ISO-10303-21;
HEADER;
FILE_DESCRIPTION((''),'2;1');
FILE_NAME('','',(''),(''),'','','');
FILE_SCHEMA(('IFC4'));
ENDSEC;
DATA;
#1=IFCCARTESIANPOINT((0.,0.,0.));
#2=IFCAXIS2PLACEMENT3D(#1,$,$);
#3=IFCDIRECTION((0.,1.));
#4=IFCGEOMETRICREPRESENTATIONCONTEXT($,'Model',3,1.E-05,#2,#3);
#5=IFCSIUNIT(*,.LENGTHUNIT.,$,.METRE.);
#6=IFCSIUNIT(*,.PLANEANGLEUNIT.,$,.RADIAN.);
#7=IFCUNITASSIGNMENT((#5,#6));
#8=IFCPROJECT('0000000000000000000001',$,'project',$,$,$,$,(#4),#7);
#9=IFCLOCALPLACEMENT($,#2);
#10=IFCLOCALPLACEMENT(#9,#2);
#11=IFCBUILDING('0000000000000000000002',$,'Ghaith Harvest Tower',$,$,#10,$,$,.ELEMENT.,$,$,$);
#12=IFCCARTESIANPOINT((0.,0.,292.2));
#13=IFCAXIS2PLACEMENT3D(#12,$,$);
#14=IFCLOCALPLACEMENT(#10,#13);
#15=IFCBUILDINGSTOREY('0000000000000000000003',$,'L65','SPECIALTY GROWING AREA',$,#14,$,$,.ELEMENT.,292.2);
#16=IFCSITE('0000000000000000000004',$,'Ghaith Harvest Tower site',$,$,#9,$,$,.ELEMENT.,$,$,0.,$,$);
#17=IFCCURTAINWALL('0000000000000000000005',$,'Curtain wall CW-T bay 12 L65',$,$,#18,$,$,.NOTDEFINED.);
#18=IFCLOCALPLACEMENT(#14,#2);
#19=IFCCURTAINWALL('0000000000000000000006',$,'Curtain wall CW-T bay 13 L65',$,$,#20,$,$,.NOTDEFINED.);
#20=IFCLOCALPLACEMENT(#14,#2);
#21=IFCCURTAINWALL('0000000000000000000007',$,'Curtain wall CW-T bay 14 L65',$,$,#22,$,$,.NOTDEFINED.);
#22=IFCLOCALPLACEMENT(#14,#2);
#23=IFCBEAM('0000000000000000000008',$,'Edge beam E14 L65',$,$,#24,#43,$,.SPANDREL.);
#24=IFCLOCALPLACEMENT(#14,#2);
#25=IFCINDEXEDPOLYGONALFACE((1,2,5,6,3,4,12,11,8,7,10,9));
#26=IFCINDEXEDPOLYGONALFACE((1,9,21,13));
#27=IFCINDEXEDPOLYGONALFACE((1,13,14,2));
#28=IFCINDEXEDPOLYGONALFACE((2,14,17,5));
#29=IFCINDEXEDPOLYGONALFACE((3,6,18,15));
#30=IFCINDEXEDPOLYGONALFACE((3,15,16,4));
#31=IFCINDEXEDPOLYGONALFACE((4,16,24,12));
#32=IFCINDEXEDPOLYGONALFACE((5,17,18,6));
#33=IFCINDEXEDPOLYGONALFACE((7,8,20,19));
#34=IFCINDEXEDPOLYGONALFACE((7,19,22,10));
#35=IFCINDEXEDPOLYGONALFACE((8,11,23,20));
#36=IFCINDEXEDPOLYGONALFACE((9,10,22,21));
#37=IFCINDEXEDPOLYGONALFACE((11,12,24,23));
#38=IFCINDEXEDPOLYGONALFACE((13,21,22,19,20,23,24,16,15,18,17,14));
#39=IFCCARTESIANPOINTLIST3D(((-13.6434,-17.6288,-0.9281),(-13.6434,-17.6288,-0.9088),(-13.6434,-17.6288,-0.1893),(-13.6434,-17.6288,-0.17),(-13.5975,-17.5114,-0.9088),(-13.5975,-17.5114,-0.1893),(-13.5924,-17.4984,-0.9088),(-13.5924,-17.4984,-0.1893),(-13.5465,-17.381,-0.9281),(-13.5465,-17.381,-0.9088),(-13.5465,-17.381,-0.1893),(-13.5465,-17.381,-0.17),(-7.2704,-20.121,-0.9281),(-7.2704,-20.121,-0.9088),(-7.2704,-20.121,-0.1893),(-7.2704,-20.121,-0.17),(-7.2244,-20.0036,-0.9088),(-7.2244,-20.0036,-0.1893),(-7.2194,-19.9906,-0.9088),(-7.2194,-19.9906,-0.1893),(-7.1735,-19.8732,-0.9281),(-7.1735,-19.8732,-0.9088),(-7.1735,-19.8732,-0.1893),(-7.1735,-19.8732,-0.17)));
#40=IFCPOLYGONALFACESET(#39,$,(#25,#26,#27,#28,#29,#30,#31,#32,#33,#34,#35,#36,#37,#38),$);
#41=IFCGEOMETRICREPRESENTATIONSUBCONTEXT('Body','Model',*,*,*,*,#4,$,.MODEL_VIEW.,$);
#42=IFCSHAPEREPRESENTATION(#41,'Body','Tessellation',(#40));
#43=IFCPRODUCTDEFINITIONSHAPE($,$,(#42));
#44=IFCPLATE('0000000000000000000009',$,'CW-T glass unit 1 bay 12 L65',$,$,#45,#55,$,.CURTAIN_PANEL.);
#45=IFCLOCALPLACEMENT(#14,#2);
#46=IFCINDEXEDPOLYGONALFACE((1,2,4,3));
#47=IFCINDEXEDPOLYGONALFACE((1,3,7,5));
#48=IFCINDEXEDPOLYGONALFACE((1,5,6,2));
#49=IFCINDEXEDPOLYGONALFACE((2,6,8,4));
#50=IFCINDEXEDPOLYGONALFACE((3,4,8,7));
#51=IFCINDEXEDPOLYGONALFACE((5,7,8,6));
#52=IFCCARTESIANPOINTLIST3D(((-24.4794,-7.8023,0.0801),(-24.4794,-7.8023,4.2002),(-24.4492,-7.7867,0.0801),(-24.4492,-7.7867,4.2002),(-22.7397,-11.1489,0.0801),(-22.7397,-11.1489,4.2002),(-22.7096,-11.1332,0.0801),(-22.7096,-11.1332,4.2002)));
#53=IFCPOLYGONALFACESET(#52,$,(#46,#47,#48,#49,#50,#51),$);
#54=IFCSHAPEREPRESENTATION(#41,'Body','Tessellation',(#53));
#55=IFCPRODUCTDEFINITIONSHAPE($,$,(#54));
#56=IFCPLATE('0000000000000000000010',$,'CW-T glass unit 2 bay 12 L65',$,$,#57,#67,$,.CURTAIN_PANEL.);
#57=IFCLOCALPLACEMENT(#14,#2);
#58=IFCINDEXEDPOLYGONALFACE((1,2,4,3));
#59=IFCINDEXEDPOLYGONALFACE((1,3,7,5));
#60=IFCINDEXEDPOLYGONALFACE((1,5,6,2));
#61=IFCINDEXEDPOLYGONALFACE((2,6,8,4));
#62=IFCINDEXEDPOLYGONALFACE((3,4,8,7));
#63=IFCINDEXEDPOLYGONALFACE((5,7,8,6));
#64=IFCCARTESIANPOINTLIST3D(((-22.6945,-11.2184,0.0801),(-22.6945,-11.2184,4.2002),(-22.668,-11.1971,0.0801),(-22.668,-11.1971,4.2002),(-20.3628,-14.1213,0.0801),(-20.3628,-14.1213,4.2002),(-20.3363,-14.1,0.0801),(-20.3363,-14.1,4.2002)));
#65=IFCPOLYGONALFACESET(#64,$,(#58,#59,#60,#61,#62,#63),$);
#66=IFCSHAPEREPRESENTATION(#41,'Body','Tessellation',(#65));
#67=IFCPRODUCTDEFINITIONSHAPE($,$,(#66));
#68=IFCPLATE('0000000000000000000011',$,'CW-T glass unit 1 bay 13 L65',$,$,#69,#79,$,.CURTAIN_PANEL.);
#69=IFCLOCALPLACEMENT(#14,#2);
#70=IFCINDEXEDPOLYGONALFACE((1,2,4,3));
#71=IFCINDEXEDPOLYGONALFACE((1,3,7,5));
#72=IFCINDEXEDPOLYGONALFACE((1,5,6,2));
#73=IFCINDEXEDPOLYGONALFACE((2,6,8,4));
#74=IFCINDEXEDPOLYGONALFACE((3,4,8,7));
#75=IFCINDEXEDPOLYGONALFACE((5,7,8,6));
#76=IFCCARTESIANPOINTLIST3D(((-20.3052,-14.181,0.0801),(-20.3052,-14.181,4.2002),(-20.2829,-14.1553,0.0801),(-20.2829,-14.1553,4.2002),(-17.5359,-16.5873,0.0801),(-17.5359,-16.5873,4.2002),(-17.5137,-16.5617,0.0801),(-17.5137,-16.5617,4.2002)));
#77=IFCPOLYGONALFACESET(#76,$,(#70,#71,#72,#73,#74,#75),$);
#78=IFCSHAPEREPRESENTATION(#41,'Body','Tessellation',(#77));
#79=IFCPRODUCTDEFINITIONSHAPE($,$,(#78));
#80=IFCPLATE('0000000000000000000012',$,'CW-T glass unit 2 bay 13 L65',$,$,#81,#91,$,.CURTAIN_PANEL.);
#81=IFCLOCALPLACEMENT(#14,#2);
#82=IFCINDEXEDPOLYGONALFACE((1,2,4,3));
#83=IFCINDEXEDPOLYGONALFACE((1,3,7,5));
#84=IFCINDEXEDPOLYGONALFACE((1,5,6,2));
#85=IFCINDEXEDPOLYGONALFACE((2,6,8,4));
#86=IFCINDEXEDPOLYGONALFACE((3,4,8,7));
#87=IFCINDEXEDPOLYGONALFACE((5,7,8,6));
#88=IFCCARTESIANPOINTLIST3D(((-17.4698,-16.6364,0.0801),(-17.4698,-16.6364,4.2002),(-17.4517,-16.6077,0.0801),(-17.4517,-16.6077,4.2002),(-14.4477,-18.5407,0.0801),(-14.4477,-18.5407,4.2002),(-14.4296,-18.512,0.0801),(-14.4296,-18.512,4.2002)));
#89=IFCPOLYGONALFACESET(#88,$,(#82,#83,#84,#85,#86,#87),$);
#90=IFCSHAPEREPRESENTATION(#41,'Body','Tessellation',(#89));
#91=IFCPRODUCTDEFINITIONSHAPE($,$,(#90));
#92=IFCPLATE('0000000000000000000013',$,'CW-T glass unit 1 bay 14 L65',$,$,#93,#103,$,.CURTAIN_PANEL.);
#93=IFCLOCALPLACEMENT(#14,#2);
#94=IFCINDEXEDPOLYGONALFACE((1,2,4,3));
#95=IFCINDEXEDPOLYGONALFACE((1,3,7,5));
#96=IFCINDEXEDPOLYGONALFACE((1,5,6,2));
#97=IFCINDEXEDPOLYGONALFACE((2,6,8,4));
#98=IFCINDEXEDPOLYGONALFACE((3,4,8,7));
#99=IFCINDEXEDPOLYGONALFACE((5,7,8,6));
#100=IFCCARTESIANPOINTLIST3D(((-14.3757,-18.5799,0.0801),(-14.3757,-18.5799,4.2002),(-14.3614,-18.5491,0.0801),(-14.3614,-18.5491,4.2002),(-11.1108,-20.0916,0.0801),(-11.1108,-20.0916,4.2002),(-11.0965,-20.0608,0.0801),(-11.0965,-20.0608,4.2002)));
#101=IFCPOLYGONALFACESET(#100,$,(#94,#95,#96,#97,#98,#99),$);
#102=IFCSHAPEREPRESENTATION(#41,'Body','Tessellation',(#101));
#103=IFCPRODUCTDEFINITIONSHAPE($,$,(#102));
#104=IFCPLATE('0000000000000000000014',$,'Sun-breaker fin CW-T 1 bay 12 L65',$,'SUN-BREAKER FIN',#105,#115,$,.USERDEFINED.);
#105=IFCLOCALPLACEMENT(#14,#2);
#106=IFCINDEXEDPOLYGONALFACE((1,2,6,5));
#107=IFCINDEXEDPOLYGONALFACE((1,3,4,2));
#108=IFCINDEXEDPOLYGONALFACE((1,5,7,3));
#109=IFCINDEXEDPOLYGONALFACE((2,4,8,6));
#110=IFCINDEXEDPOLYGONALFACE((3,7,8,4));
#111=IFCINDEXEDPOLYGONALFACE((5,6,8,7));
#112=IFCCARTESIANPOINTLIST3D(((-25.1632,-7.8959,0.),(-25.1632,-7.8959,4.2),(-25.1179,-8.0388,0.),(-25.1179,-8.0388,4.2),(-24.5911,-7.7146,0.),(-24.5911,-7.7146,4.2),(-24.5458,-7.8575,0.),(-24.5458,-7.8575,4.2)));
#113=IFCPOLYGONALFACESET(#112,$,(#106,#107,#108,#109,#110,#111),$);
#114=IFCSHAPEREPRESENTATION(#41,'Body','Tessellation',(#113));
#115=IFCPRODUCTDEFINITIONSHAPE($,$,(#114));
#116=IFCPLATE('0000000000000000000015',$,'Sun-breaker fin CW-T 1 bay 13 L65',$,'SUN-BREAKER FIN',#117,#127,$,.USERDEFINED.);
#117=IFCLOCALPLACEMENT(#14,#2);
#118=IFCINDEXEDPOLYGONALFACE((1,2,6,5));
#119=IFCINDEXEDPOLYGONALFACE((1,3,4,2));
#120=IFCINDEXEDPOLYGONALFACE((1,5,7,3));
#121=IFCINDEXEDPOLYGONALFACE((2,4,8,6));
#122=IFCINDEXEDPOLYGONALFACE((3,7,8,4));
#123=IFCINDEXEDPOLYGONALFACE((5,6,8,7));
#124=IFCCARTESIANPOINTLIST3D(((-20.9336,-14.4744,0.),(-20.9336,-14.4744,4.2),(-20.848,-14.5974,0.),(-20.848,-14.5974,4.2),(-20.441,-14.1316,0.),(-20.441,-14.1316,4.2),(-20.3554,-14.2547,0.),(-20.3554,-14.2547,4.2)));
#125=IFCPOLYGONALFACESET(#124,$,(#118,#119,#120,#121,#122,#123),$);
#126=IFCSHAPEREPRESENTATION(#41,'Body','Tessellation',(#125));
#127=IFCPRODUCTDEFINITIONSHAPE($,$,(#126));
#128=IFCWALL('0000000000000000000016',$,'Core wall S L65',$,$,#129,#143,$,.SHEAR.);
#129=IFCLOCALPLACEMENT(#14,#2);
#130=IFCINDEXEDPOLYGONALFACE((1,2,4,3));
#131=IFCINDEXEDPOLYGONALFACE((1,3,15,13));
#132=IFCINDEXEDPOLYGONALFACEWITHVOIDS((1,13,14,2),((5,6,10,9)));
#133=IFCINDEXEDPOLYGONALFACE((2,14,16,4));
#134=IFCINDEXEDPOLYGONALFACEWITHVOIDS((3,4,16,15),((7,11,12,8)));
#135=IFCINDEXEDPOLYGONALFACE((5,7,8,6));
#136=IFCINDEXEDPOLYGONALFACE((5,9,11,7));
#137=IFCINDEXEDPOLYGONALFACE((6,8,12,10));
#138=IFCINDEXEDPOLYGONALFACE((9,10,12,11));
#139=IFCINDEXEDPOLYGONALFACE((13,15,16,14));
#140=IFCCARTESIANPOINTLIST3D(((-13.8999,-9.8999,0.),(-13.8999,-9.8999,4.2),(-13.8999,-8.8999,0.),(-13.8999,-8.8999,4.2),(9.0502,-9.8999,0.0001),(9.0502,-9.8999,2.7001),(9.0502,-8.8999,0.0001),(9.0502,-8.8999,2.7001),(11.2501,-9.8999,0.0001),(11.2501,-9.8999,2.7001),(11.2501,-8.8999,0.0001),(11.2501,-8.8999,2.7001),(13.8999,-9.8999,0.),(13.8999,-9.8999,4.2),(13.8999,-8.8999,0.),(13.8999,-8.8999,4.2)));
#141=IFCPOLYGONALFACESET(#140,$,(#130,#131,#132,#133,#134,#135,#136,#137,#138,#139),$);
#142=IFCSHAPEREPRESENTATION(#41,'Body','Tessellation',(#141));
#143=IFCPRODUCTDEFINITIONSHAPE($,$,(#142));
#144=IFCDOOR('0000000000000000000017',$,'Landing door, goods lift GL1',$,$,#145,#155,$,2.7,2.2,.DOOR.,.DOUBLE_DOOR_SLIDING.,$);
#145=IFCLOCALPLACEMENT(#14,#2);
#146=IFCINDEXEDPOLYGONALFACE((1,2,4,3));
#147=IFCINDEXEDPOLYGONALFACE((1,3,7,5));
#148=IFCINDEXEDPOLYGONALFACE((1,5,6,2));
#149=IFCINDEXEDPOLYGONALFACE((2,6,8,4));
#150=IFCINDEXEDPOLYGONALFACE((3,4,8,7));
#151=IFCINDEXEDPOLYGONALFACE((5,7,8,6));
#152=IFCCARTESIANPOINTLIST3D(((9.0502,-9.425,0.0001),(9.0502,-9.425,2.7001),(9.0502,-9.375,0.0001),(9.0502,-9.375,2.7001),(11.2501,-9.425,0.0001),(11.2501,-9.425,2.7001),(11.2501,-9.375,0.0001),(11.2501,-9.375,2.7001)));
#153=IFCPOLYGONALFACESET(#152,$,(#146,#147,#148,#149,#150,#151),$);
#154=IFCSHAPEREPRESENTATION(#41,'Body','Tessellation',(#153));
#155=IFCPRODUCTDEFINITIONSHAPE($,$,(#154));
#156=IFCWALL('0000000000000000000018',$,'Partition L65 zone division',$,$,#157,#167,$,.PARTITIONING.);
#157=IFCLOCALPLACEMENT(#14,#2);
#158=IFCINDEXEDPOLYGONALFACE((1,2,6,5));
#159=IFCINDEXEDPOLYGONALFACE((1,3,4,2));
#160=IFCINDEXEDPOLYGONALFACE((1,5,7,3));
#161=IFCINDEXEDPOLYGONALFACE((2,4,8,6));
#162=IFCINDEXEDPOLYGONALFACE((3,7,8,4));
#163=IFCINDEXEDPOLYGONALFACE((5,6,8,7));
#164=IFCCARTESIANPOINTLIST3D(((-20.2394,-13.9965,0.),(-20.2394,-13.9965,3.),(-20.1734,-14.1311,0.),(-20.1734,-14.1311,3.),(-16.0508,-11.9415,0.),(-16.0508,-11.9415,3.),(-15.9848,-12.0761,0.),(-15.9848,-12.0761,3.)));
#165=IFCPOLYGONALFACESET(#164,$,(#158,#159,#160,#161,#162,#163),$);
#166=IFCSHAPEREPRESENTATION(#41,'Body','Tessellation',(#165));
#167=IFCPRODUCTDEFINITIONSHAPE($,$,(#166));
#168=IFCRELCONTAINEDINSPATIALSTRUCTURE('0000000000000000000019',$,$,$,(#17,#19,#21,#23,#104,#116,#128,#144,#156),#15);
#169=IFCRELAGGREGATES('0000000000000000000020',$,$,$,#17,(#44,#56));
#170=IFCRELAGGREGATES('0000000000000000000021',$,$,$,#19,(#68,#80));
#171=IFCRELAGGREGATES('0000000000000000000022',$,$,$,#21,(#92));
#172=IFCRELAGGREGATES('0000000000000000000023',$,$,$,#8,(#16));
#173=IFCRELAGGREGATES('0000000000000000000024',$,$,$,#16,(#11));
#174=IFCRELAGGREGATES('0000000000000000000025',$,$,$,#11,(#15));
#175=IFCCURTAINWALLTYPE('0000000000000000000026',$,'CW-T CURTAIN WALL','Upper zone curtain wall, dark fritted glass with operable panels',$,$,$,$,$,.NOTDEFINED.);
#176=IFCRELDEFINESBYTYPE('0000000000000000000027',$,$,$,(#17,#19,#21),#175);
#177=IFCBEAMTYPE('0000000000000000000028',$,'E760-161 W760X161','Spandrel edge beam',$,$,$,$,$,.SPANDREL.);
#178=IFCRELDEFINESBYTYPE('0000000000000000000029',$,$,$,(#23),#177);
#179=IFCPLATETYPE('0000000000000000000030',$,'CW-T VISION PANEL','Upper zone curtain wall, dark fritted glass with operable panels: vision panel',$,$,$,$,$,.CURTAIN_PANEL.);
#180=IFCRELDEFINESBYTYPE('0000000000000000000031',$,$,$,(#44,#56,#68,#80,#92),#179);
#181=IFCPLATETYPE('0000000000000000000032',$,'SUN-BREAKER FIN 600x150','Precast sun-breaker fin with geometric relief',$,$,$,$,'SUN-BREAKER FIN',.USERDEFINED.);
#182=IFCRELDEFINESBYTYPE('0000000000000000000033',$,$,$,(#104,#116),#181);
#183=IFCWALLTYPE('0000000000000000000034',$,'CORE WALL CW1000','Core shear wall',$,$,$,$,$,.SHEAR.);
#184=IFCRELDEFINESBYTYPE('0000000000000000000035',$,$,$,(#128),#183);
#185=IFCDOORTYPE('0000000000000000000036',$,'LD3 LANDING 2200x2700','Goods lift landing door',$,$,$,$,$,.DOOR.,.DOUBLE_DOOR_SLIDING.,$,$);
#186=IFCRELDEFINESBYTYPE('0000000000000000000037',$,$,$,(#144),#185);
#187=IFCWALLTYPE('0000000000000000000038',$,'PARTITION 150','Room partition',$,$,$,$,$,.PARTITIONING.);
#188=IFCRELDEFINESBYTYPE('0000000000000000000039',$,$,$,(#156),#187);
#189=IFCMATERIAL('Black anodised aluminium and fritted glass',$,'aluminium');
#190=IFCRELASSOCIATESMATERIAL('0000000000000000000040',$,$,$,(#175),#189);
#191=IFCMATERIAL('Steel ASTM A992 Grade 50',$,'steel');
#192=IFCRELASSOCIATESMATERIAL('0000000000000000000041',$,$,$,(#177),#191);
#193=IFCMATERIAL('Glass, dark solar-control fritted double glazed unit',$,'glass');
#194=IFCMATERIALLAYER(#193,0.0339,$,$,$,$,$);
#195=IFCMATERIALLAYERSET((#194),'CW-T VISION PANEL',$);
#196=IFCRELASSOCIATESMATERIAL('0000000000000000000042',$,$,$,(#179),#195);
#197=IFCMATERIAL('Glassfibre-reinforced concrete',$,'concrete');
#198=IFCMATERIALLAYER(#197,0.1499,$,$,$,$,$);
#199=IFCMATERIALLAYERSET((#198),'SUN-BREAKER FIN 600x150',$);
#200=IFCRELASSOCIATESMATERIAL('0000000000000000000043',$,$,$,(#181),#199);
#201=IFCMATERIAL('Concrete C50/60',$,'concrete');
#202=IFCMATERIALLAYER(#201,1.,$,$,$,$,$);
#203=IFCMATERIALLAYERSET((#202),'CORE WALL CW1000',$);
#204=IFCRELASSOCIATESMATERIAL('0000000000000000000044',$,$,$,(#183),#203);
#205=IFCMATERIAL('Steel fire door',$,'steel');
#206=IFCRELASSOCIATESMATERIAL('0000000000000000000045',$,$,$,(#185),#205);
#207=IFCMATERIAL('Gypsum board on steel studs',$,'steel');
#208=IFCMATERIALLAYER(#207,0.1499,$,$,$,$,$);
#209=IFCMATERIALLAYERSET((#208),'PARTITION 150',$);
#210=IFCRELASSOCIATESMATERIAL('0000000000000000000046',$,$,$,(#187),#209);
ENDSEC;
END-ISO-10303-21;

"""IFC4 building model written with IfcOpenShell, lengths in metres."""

from ifc_helpers import new_model, si_unit, direction, frame, frame_2d, origin, origin_2d, place, context, subcontext, project, spatial, rectangle, i_section, extrude, material, layer, layer_set, material_profile, profile_set, type_object, element, fill, aggregate, save


model = new_model("IFC4")

# Units and contexts
model_context = context("Model", 3, precision=1e-05, world=origin(), true_north=direction((0.0, 1.0)))
body_context = subcontext(model_context, "Body", "Model", "MODEL_VIEW")
ifc_project = project(units=[si_unit("LENGTHUNIT", "METRE"), si_unit("PLANEANGLEUNIT", "RADIAN")], contexts=[model_context])

# Site, building, storey
site_placement = place(None, origin())
site = spatial("IfcSite", under=ifc_project, at=site_placement, Name="Ghaith Harvest Tower site", CompositionType="ELEMENT", RefElevation=0.0)
building_placement = place(site_placement, origin())
building = spatial("IfcBuilding", under=site, at=building_placement, Name="Ghaith Harvest Tower", CompositionType="ELEMENT")
storey_placement = place(building_placement, frame((0.0, 0.0, 292.2)))
storey = spatial("IfcBuildingStorey", under=building, at=storey_placement, Name="L65", Description="SPECIALTY GROWING AREA", CompositionType="ELEMENT", Elevation=292.2)

# Curtain walls
ifc_material_1 = material(Name="Black anodised aluminium and fritted glass", Category="aluminium")
curtain_wall_type = type_object("IfcCurtainWallType", Name="CW-T CURTAIN WALL", Description="Upper zone curtain wall, dark fritted glass with operable panels", PredefinedType="NOTDEFINED", material=ifc_material_1)
curtain_wall_1_placement = place(storey_placement, origin())
curtain_wall_1 = element("IfcCurtainWall", 1, at=curtain_wall_1_placement, inside=storey, type_object=curtain_wall_type, Name="Curtain wall CW-T bay 12 L65", PredefinedType="NOTDEFINED")
curtain_wall_2_placement = place(storey_placement, origin())
curtain_wall_2 = element("IfcCurtainWall", 2, at=curtain_wall_2_placement, inside=storey, type_object=curtain_wall_type, Name="Curtain wall CW-T bay 13 L65", PredefinedType="NOTDEFINED")

# Curtain wall
curtain_wall_3_placement = place(storey_placement, origin())
curtain_wall_3 = element("IfcCurtainWall", 3, at=curtain_wall_3_placement, inside=storey, type_object=curtain_wall_type, Name="Curtain wall CW-T bay 14 L65", PredefinedType="NOTDEFINED")

# Beam
ifc_material_2 = material(Name="Steel ASTM A992 Grade 50", Category="steel")
ifc_material_profile_1 = material_profile(ifc_material_2, i_section(OverallWidth=0.2661, OverallDepth=0.7581, WebThickness=0.0139, FlangeThickness=0.0193, at=origin_2d()), Name="W760X161")
ifc_profile_set_1 = profile_set([ifc_material_profile_1], Name="Steel ASTM A992 Grade 50")
beam_type = type_object("IfcBeamType", Name="E760-161 W760X161", Description="Spandrel edge beam", PredefinedType="SPANDREL", material=ifc_profile_set_1)
beam_1_placement = place(storey_placement, frame((-13.595, -17.5049, -0.5491), z_axis=(0.931323, -0.364195, 0.0), x_axis=(0.364195, 0.931323, 0.0)))
element("IfcBeam", 4, at=beam_1_placement, inside=storey, type_object=beam_type, Name="Edge beam E14 L65", PredefinedType="SPANDREL", context=body_context, shape_type="SweptSolid", body=[
    extrude(i_section(OverallWidth=0.2661, OverallDepth=0.7581, WebThickness=0.0139, FlangeThickness=0.0193, at=origin_2d()), origin(), (0.0, 0.0, 1.0), 6.843),
])

# Plates
ifc_material_3 = material(Name="Glass, dark solar-control fritted double glazed unit", Category="glass")
ifc_layer_1 = layer(ifc_material_3, 0.0339)
ifc_layer_set_1 = layer_set([ifc_layer_1], Name="CW-T VISION PANEL")
plate_type_1 = type_object("IfcPlateType", Name="CW-T VISION PANEL", Description="Upper zone curtain wall, dark fritted glass with operable panels: vision panel", PredefinedType="CURTAIN_PANEL", material=ifc_layer_set_1)
plate_1_placement = place(storey_placement, frame((-23.5945, -9.4678, 0.0801), z_axis=(0.0, 0.0, 1.0), x_axis=(0.46123, -0.887281, 0.0)))
plate_1 = element("IfcPlate", 5, at=plate_1_placement, type_object=plate_type_1, Name="CW-T glass unit 1 bay 12 L65", PredefinedType="CURTAIN_PANEL", context=body_context, shape_type="SweptSolid", body=[
    extrude(rectangle(XDim=3.7717, YDim=0.0339, at=origin_2d()), origin(), (0.0, 0.0, 1.0), 4.1201),
])
plate_2_placement = place(storey_placement, frame((-21.5154, -12.6592, 0.0801), z_axis=(0.0, 0.0, 1.0), x_axis=(0.62623, -0.779639, 0.0)))
plate_2 = element("IfcPlate", 6, at=plate_2_placement, type_object=plate_type_1, Name="CW-T glass unit 2 bay 12 L65", PredefinedType="CURTAIN_PANEL", context=body_context, shape_type="SweptSolid", body=[
    extrude(rectangle(XDim=3.7234, YDim=0.0339, at=origin_2d()), origin(), (0.0, 0.0, 1.0), 4.1201),
])
aggregate(curtain_wall_1, [plate_1, plate_2])
plate_3_placement = place(storey_placement, frame((-18.9094, -15.3713, 0.0801), z_axis=(0.0, 0.0, 1.0), x_axis=(0.754829, -0.655922, 0.0)))
plate_3 = element("IfcPlate", 7, at=plate_3_placement, type_object=plate_type_1, Name="CW-T glass unit 1 bay 13 L65", PredefinedType="CURTAIN_PANEL", context=body_context, shape_type="SweptSolid", body=[
    extrude(rectangle(XDim=3.6687, YDim=0.0339, at=origin_2d()), origin(), (0.0, 0.0, 1.0), 4.1201),
])
plate_4_placement = place(storey_placement, frame((-15.9497, -17.5742, 0.0801), z_axis=(0.0, 0.0, 1.0), x_axis=(0.846043, -0.533114, 0.0)))
plate_4 = element("IfcPlate", 8, at=plate_4_placement, type_object=plate_type_1, Name="CW-T glass unit 2 bay 13 L65", PredefinedType="CURTAIN_PANEL", context=body_context, shape_type="SweptSolid", body=[
    extrude(rectangle(XDim=3.572, YDim=0.0339, at=origin_2d()), origin(), (0.0, 0.0, 1.0), 4.1201),
])
aggregate(curtain_wall_2, [plate_3, plate_4])
plate_5_placement = place(storey_placement, frame((-12.7361, -19.3203, 0.0801), z_axis=(0.0, 0.0, 1.0), x_axis=(0.90745, -0.42016, 0.0)))
plate_5 = element("IfcPlate", 9, at=plate_5_placement, type_object=plate_type_1, Name="CW-T glass unit 1 bay 14 L65", PredefinedType="CURTAIN_PANEL", context=body_context, shape_type="SweptSolid", body=[
    extrude(rectangle(XDim=3.5979, YDim=0.0339, at=origin_2d()), origin(), (0.0, 0.0, 1.0), 4.1201),
])
aggregate(curtain_wall_3, [plate_5])

# Plates
ifc_material_4 = material(Name="Glassfibre-reinforced concrete", Category="concrete")
ifc_layer_2 = layer(ifc_material_4, 0.1499)
ifc_layer_set_2 = layer_set([ifc_layer_2], Name="SUN-BREAKER FIN 600x150")
plate_type_2 = type_object("IfcPlateType", Name="SUN-BREAKER FIN 600x150", Description="Precast sun-breaker fin with geometric relief", ElementType="SUN-BREAKER FIN", PredefinedType="USERDEFINED", material=ifc_layer_set_2)
for number, where, z_axis, x_axis, name in (
    (10, (-24.8545, -7.8767, 0.0), (0.0, 0.0, 1.0), (-0.953273, -0.30211, 0.0), "Sun-breaker fin CW-T 1 bay 12 L65"),
    (11, (-20.6445, -14.3645, 0.0), (0.0, 0.0, 1.0), (-0.820845, -0.57115, 0.0), "Sun-breaker fin CW-T 1 bay 13 L65"),
):
    element("IfcPlate", number, at=place(storey_placement, frame(where, z_axis=z_axis, x_axis=x_axis)), inside=storey, type_object=plate_type_2, Name=name, ObjectType="SUN-BREAKER FIN", PredefinedType="USERDEFINED", context=body_context, shape_type="SweptSolid", body=[
        extrude(rectangle(XDim=0.6001, YDim=0.1499, at=origin_2d()), origin(), (0.0, 0.0, 1.0), 4.2),
    ])

# Wall, opening, door
ifc_material_5 = material(Name="Concrete C50/60", Category="concrete")
ifc_layer_3 = layer(ifc_material_5, 1.0)
ifc_layer_set_3 = layer_set([ifc_layer_3], Name="CORE WALL CW1000")
wall_type_1 = type_object("IfcWallType", Name="CORE WALL CW1000", Description="Core shear wall", PredefinedType="SHEAR", material=ifc_layer_set_3)
wall_1_placement = place(storey_placement, frame((-13.8999, -9.3999, 0.0), z_axis=(0.0, 0.0, 1.0), x_axis=(1.0, 0.0, 0.0)))
wall_1 = element("IfcWall", 12, at=wall_1_placement, inside=storey, type_object=wall_type_1, Name="Core wall S L65", PredefinedType="SHEAR", context=body_context, shape_type="SweptSolid", body=[
    extrude(rectangle(XDim=27.7998, YDim=1.0, at=frame_2d((13.8999, 0.0))), origin(), (0.0, 0.0, 1.0), 4.2),
])
opening_placement = place(wall_1_placement, frame((22.95, 0.0, 0.0)))
opening = element("IfcOpeningElement", 13, at=opening_placement, cuts=wall_1, PredefinedType="OPENING", context=body_context, shape_type="SweptSolid", body=[
    extrude(rectangle(XDim=2.2, YDim=2.7, at=frame_2d((1.1001, 1.3501))), frame((0.0, 0.51, 0.0), z_axis=(0.0, -1.0, 0.0), x_axis=(1.0, 0.0, 0.0)), (0.0, 0.0, 1.0), 1.02),
])
ifc_material_6 = material(Name="Steel fire door", Category="steel")
door_type = type_object("IfcDoorType", Name="LD3 LANDING 2200x2700", Description="Goods lift landing door", OperationType="DOUBLE_DOOR_SLIDING", PredefinedType="DOOR", material=ifc_material_6)
door_placement = place(opening_placement, origin())
door = element("IfcDoor", 14, at=door_placement, inside=storey, type_object=door_type, Name="Landing door, goods lift GL1", OperationType="DOUBLE_DOOR_SLIDING", OverallHeight=2.7, OverallWidth=2.2, PredefinedType="DOOR", context=body_context, shape_type="SweptSolid", body=[
    extrude(rectangle(XDim=2.2, YDim=2.7, at=frame_2d((1.1001, 1.3501))), frame((0.0, 0.0249, 0.0), z_axis=(0.0, -1.0, 0.0), x_axis=(1.0, 0.0, 0.0)), (0.0, 0.0, 1.0), 0.05),
])
fill(opening, door)

# Wall
ifc_material_7 = material(Name="Gypsum board on steel studs", Category="steel")
ifc_layer_4 = layer(ifc_material_7, 0.1499)
ifc_layer_set_4 = layer_set([ifc_layer_4], Name="PARTITION 150")
wall_type_2 = type_object("IfcWallType", Name="PARTITION 150", Description="Room partition", PredefinedType="PARTITIONING", material=ifc_layer_set_4)
wall_2_placement = place(storey_placement, frame((-16.0178, -12.0088, 0.0), z_axis=(0.0, 0.0, 1.0), x_axis=(-0.897772, -0.440461, 0.0)))
element("IfcWall", 15, at=wall_2_placement, inside=storey, type_object=wall_type_2, Name="Partition L65 zone division", PredefinedType="PARTITIONING", context=body_context, shape_type="SweptSolid", body=[
    extrude(rectangle(XDim=4.6655, YDim=0.1499, at=frame_2d((2.3328, 0.0))), origin(), (0.0, 0.0, 1.0), 3.0),
])

save(model, "model.ifc")
